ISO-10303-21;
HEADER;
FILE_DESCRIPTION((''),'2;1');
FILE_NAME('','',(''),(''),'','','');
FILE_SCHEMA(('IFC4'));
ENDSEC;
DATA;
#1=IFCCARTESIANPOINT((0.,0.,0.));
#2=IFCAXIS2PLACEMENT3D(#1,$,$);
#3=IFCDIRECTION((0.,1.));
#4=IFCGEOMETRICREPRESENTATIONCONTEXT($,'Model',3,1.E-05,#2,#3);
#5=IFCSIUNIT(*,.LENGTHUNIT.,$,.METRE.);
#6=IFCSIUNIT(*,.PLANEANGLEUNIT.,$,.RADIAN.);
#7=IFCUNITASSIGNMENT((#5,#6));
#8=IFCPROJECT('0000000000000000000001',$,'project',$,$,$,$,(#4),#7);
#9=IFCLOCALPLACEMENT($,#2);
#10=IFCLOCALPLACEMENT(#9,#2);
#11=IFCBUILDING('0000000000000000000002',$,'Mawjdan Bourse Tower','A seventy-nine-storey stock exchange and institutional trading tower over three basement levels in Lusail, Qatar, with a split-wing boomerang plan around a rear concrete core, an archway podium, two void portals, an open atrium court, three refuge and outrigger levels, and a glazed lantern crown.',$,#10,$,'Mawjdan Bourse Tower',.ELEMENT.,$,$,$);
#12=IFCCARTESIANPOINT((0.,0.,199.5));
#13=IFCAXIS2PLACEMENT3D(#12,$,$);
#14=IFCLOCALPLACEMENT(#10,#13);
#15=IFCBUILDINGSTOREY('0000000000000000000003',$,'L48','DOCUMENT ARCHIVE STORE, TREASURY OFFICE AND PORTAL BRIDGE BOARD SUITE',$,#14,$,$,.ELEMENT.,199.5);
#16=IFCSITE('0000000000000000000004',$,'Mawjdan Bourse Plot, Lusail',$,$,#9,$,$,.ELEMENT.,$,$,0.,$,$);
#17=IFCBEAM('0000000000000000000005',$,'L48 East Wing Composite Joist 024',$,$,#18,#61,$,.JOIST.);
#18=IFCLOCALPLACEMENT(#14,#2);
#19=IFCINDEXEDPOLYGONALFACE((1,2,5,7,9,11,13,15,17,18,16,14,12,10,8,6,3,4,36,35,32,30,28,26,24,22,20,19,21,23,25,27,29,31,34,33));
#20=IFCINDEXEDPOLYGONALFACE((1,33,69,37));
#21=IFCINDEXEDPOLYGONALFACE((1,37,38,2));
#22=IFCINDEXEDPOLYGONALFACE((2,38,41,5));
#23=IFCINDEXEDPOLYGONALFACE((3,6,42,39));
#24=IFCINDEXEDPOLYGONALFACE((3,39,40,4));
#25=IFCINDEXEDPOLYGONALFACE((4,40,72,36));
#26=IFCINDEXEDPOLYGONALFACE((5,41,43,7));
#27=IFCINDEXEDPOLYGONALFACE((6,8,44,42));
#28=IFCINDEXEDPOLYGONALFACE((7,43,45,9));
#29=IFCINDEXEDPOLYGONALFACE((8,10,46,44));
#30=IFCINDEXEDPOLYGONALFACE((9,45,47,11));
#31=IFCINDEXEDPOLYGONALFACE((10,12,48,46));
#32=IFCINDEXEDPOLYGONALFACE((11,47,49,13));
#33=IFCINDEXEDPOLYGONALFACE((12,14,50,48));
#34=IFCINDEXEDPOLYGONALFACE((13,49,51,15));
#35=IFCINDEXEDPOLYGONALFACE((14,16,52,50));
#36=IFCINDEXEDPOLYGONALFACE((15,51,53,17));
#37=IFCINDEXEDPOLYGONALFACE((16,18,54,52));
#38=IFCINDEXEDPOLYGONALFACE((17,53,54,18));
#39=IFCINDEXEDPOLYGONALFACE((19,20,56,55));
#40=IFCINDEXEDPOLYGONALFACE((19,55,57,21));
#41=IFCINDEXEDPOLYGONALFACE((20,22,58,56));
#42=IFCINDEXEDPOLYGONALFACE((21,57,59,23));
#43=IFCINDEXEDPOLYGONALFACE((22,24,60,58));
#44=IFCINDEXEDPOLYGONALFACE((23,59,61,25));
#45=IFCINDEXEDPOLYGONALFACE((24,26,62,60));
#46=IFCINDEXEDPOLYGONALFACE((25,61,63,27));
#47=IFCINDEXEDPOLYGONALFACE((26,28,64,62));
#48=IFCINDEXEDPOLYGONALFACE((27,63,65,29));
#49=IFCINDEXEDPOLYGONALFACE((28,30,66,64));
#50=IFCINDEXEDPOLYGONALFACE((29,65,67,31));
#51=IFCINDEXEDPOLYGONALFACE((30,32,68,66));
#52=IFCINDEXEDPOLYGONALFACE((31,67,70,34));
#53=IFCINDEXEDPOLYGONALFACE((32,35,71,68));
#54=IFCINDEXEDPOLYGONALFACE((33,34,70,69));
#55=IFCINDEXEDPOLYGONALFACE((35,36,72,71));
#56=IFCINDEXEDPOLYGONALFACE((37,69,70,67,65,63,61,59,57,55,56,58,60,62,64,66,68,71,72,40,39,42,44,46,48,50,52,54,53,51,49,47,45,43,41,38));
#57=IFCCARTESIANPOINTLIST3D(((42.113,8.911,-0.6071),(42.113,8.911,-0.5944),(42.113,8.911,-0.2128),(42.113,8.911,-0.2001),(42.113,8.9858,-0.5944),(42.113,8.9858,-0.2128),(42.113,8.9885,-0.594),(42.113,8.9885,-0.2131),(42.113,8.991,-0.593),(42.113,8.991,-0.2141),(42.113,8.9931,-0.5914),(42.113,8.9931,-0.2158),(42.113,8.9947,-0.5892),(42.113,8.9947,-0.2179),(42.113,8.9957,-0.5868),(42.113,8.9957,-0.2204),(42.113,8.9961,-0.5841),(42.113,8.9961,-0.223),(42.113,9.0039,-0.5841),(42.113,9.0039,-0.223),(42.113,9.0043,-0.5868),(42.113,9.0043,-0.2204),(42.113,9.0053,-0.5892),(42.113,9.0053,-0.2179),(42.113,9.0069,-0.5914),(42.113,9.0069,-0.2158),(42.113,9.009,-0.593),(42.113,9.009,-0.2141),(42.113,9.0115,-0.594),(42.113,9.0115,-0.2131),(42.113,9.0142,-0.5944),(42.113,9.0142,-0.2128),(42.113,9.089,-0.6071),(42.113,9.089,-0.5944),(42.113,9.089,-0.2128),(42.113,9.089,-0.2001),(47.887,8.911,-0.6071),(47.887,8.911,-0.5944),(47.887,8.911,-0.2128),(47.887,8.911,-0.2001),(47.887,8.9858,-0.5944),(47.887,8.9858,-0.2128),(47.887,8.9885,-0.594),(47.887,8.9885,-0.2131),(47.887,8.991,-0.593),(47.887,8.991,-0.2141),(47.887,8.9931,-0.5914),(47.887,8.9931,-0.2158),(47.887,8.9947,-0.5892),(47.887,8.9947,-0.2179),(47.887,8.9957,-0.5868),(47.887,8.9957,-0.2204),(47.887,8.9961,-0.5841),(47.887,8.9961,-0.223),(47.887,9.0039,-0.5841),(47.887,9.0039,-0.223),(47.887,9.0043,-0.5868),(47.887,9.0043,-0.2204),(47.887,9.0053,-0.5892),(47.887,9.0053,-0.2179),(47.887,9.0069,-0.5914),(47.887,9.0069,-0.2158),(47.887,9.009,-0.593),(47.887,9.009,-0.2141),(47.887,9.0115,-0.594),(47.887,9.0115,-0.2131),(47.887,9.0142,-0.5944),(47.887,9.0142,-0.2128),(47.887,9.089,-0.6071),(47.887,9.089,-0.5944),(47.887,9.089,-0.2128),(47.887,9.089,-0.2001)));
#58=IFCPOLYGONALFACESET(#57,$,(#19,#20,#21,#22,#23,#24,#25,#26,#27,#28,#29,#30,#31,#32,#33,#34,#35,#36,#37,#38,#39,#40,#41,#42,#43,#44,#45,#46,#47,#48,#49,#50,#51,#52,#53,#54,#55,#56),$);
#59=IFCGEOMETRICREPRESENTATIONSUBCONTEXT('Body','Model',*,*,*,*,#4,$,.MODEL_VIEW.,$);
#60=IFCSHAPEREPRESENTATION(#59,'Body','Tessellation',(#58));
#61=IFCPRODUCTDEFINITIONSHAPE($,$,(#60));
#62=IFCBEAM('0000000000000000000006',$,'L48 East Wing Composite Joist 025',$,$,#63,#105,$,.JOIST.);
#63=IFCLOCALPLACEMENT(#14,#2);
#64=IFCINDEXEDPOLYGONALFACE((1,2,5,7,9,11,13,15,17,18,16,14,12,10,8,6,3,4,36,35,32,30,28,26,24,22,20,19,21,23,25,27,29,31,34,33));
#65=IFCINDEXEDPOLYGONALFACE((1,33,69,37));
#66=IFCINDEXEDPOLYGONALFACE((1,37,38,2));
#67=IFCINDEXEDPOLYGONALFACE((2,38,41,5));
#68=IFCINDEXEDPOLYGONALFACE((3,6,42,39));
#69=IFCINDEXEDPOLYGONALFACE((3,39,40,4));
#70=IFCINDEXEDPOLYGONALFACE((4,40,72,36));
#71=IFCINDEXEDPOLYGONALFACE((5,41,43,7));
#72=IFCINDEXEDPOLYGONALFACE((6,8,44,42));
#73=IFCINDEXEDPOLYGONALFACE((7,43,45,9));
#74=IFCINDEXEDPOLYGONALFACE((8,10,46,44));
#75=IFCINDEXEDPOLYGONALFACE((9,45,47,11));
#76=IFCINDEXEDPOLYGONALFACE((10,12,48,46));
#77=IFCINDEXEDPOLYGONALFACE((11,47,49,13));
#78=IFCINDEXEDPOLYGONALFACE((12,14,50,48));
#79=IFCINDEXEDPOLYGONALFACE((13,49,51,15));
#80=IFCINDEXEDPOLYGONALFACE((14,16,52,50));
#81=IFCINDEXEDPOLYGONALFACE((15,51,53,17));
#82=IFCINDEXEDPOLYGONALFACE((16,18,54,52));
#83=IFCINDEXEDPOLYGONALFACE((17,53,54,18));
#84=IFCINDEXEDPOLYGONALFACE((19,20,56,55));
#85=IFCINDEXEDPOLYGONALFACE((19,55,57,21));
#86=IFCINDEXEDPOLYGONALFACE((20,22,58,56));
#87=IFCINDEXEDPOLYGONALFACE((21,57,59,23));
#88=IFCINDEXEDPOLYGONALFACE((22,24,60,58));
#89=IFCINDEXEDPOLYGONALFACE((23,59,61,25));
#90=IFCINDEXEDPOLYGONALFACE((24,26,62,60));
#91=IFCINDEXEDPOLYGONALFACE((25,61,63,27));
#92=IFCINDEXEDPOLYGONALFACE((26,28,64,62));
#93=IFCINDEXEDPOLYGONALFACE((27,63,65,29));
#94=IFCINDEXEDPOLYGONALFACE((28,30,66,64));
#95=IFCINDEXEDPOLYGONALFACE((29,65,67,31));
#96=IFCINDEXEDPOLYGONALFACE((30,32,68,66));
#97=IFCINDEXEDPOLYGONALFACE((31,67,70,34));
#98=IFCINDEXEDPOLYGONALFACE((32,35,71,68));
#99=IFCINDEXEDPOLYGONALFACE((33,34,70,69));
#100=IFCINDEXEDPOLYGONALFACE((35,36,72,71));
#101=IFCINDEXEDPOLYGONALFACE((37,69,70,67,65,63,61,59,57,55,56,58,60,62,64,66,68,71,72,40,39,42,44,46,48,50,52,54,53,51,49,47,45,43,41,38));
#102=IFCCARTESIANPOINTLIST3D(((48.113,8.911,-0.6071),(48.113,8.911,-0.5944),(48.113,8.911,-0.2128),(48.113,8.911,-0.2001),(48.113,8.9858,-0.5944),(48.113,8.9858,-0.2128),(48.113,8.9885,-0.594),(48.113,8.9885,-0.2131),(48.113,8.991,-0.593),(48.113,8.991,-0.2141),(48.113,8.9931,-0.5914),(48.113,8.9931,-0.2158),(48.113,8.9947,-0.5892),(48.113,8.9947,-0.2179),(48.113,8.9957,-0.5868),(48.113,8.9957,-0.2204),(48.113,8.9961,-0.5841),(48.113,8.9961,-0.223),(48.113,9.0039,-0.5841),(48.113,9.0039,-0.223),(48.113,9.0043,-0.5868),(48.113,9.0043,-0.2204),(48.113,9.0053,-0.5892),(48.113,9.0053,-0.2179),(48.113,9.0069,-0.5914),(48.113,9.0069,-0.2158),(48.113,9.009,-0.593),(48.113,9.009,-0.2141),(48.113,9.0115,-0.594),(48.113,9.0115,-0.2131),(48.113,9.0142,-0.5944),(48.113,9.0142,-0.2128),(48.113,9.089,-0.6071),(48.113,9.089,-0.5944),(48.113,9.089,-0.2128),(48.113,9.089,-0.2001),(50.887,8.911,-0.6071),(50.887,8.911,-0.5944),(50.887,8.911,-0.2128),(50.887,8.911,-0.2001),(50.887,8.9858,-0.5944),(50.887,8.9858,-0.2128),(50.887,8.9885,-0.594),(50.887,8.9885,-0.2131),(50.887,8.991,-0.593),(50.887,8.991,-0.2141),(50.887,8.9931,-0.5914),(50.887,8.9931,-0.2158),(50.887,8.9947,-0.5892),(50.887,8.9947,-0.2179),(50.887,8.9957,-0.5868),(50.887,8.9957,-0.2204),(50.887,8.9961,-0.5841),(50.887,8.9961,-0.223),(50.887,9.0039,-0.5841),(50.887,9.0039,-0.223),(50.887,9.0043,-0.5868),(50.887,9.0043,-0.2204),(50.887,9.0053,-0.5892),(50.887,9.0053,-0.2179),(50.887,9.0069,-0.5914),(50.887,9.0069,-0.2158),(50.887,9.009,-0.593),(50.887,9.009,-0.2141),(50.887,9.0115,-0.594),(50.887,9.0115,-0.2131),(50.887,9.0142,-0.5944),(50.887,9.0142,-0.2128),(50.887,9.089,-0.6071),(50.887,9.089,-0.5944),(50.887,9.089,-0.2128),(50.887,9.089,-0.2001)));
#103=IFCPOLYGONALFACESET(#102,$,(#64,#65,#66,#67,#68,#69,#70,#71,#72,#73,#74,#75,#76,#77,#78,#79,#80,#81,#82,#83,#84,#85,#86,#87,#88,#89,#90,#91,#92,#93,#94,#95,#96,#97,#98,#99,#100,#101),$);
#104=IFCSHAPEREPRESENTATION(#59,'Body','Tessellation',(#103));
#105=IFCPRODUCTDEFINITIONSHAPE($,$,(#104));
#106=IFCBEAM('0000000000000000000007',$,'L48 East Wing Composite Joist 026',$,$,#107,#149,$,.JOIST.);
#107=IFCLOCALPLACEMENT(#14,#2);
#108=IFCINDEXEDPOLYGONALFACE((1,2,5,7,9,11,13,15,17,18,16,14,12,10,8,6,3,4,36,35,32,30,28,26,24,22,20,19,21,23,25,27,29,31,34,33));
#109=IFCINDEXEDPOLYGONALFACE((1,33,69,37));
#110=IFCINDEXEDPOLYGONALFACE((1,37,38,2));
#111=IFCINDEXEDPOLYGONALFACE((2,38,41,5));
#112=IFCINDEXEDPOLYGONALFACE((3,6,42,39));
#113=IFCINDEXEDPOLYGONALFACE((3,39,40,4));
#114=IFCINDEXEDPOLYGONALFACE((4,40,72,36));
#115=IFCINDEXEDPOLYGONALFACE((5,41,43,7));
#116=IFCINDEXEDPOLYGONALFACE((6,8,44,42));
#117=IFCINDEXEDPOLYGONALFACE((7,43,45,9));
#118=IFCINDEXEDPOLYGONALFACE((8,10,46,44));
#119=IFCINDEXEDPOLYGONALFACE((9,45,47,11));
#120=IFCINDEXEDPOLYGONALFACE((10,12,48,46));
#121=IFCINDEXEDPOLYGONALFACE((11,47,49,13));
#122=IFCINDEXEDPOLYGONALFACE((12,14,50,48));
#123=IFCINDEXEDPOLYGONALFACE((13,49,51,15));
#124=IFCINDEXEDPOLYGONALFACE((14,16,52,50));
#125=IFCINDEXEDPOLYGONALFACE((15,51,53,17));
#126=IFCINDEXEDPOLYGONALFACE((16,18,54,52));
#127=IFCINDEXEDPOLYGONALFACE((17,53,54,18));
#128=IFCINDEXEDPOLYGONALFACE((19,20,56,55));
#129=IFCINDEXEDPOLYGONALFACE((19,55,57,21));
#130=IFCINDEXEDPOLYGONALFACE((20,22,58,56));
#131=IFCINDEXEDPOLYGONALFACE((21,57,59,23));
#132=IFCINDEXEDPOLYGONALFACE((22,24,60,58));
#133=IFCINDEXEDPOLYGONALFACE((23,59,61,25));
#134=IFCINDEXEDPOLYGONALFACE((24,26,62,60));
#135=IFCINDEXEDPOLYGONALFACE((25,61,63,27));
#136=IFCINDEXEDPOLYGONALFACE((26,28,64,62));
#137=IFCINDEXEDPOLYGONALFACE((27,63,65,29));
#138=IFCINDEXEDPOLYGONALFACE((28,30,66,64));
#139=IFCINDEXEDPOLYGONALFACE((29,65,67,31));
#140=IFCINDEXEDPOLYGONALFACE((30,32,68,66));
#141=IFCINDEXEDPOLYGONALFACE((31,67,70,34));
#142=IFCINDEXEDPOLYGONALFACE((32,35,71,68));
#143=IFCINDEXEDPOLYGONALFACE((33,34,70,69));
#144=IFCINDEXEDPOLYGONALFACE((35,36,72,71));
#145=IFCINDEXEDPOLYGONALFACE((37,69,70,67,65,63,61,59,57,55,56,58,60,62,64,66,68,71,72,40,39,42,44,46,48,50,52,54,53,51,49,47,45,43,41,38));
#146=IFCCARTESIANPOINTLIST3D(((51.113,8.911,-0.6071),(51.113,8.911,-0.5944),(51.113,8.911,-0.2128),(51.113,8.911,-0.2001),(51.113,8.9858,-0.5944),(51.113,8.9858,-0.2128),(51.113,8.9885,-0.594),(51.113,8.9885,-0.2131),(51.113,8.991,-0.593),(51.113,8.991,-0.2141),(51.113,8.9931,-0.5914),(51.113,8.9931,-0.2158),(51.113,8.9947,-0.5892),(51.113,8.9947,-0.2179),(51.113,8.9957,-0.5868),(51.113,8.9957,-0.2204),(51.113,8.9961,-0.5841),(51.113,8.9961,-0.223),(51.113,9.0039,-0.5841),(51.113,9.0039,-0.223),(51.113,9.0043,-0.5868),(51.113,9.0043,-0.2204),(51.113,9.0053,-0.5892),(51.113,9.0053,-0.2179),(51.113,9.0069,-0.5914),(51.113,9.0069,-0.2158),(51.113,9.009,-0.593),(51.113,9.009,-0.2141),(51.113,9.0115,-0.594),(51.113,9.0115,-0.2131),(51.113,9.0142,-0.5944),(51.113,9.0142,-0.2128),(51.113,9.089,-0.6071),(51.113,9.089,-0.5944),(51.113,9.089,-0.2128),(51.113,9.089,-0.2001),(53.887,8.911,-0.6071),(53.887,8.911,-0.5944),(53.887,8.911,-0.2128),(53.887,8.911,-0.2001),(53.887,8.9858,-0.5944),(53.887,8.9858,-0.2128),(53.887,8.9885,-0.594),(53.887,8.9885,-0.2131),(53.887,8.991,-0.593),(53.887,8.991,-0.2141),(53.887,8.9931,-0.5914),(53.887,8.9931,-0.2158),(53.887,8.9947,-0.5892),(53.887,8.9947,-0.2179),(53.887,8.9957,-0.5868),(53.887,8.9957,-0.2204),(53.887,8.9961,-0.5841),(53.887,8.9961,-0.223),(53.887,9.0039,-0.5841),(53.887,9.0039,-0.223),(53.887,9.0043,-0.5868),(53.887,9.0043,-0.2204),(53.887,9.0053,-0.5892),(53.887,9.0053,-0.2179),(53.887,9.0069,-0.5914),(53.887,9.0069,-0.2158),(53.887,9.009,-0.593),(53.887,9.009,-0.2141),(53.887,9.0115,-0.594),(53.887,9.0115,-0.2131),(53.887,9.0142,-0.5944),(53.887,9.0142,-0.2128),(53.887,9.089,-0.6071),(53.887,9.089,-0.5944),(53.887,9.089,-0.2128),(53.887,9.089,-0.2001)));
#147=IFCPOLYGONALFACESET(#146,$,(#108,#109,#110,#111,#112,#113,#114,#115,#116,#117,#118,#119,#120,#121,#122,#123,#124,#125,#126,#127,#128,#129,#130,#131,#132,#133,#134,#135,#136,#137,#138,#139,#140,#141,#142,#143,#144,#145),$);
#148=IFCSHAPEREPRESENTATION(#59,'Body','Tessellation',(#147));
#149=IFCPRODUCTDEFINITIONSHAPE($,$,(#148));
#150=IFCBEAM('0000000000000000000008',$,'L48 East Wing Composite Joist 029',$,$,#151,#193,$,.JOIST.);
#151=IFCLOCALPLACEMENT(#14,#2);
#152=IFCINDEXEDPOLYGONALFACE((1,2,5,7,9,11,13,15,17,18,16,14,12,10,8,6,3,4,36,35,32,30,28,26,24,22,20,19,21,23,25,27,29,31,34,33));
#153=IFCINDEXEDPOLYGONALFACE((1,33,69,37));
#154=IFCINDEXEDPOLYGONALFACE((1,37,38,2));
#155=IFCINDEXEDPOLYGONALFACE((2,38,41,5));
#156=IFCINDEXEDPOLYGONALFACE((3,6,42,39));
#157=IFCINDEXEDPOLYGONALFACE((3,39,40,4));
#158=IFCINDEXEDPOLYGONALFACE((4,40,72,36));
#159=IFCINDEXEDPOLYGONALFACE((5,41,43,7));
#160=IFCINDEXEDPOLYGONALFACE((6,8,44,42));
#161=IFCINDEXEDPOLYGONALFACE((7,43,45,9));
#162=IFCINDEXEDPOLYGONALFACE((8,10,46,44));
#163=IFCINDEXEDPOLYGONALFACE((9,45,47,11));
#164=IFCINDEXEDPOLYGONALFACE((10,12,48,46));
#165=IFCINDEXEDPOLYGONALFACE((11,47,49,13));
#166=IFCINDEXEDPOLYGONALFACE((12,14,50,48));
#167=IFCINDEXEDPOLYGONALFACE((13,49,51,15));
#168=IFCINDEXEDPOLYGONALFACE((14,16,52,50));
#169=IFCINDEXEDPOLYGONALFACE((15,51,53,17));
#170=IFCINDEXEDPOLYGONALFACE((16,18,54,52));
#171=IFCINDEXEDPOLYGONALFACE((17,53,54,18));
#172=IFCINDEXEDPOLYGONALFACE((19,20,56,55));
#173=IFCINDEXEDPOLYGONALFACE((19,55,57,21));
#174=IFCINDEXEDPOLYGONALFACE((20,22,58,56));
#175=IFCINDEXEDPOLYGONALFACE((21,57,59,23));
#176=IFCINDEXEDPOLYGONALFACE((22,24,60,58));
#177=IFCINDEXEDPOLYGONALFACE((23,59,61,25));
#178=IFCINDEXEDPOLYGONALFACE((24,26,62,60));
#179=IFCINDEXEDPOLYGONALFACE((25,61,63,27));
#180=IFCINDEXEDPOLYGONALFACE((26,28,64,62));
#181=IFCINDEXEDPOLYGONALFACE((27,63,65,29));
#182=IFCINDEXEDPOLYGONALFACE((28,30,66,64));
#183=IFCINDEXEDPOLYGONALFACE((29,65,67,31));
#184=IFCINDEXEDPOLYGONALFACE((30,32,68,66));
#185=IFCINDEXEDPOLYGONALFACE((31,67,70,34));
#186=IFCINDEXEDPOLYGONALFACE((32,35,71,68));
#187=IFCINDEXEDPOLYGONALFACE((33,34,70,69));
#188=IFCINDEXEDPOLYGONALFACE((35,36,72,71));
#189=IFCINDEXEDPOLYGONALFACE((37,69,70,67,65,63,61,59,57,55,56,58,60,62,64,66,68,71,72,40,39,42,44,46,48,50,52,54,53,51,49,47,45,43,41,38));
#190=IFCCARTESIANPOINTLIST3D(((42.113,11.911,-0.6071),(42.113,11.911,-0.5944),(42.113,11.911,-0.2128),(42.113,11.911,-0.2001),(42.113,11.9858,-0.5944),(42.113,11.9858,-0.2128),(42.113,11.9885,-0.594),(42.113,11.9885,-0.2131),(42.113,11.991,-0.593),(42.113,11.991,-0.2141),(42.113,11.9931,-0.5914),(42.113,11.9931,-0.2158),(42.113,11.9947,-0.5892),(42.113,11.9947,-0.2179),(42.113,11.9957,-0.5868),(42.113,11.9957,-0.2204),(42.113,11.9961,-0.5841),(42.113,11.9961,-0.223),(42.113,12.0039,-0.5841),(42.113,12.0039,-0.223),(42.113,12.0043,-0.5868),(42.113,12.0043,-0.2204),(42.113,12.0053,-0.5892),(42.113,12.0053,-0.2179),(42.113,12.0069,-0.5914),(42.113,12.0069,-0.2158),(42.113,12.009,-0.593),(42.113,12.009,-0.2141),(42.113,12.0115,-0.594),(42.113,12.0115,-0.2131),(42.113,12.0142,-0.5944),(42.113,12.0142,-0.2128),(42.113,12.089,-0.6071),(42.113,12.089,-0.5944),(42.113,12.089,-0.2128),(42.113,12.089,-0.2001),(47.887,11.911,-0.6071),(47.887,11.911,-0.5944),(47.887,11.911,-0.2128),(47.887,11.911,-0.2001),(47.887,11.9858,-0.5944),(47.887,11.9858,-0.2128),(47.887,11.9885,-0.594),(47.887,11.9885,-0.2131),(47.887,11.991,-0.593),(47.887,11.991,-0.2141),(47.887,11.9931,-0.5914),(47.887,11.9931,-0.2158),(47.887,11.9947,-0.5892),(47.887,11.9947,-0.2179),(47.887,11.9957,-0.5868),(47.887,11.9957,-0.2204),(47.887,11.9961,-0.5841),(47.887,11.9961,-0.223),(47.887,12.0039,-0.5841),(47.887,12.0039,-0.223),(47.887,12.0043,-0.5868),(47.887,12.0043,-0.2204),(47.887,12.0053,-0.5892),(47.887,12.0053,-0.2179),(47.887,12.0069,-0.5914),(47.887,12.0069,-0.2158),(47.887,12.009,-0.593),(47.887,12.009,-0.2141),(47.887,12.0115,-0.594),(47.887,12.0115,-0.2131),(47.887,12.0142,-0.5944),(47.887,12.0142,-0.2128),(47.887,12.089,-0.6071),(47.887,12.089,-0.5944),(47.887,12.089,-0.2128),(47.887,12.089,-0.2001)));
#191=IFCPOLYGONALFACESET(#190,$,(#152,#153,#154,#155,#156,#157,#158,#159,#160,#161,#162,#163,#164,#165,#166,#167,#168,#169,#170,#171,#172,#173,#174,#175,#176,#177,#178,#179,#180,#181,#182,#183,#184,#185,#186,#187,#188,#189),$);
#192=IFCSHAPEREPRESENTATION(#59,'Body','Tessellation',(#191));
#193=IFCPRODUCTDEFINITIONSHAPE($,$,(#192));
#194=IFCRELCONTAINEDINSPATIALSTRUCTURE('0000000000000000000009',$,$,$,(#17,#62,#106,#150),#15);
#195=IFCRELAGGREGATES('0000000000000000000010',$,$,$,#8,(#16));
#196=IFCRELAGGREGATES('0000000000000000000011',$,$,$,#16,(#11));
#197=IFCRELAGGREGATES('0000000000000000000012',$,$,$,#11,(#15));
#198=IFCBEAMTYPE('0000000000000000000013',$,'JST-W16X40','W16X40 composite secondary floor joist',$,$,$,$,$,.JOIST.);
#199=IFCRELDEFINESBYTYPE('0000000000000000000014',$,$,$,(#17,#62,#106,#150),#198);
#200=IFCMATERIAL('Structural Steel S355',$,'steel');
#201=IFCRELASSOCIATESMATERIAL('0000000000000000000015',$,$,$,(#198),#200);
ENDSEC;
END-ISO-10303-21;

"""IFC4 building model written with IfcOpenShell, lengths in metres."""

from ifc_helpers import new_model, si_unit, direction, frame, origin, origin_2d, place, context, subcontext, project, spatial, i_section, extrude, material, material_profile, profile_set, type_object, element, save


model = new_model("IFC4")

# Units and contexts
model_context = context("Model", 3, precision=1e-05, world=origin(), true_north=direction((0.0, 1.0)))
body_context = subcontext(model_context, "Body", "Model", "MODEL_VIEW")
ifc_project = project(units=[si_unit("LENGTHUNIT", "METRE"), si_unit("PLANEANGLEUNIT", "RADIAN")], contexts=[model_context])

# Site, building, storey
site_placement = place(None, origin())
site = spatial("IfcSite", under=ifc_project, at=site_placement, Name="Mawjdan Bourse Plot, Lusail", CompositionType="ELEMENT", RefElevation=0.0)
building_placement = place(site_placement, origin())
building = spatial("IfcBuilding", under=site, at=building_placement, Name="Mawjdan Bourse Tower", Description="A seventy-nine-storey stock exchange and institutional trading tower over three basement levels in Lusail, Qatar, with a split-wing boomerang plan around a rear concrete core, an archway podium, two void portals, an open atrium court, three refuge and outrigger levels, and a glazed lantern crown.", LongName="Mawjdan Bourse Tower", CompositionType="ELEMENT")
storey_placement = place(building_placement, frame((0.0, 0.0, 199.5)))
storey = spatial("IfcBuildingStorey", under=building, at=storey_placement, Name="L48", Description="DOCUMENT ARCHIVE STORE, TREASURY OFFICE AND PORTAL BRIDGE BOARD SUITE", CompositionType="ELEMENT", Elevation=199.5)

# Beams
ifc_material_1 = material(Name="Structural Steel S355", Category="steel")
ifc_material_profile_1 = material_profile(ifc_material_1, i_section(OverallWidth=0.178, OverallDepth=0.407, WebThickness=0.0078, FlangeThickness=0.0127, FilletRadius=0.0103, at=origin_2d()), Name="W16X40")
ifc_profile_set_1 = profile_set([ifc_material_profile_1], Name="Structural Steel S355")
beam_type_1 = type_object("IfcBeamType", Name="JST-W16X40", Description="W16X40 composite secondary floor joist", PredefinedType="JOIST", material=ifc_profile_set_1)
beam_1_placement = place(storey_placement, frame((42.113, 9.0, -0.4036), z_axis=(1.0, 0.0, 0.0), x_axis=(0.0, 1.0, 0.0)))
element("IfcBeam", 1, at=beam_1_placement, inside=storey, type_object=beam_type_1, Name="L48 East Wing Composite Joist 024", PredefinedType="JOIST", context=body_context, shape_type="SweptSolid", body=[
    extrude(i_section(OverallWidth=0.178, OverallDepth=0.407, WebThickness=0.0078, FlangeThickness=0.0127, FilletRadius=0.0103, at=origin_2d()), origin(), (0.0, 0.0, 1.0), 5.7739),
])
for number, where, z_axis, x_axis, name in (
    (2, (48.113, 9.0, -0.4036), (1.0, 0.0, 0.0), (0.0, 1.0, 0.0), "L48 East Wing Composite Joist 025"),
    (3, (51.113, 9.0, -0.4036), (1.0, 0.0, 0.0), (0.0, 1.0, 0.0), "L48 East Wing Composite Joist 026"),
):
    element("IfcBeam", number, at=place(storey_placement, frame(where, z_axis=z_axis, x_axis=x_axis)), inside=storey, type_object=beam_type_1, Name=name, PredefinedType="JOIST", context=body_context, shape_type="SweptSolid", body=[
        extrude(i_section(OverallWidth=0.178, OverallDepth=0.407, WebThickness=0.0078, FlangeThickness=0.0127, FilletRadius=0.0103, at=origin_2d()), origin(), (0.0, 0.0, 1.0), 2.7739),
    ])
beam_2_placement = place(storey_placement, frame((42.113, 12.0, -0.4036), z_axis=(1.0, 0.0, 0.0), x_axis=(0.0, 1.0, 0.0)))
element("IfcBeam", 4, at=beam_2_placement, inside=storey, type_object=beam_type_1, Name="L48 East Wing Composite Joist 029", PredefinedType="JOIST", context=body_context, shape_type="SweptSolid", body=[
    extrude(i_section(OverallWidth=0.178, OverallDepth=0.407, WebThickness=0.0078, FlangeThickness=0.0127, FilletRadius=0.0103, at=origin_2d()), origin(), (0.0, 0.0, 1.0), 5.7739),
])

save(model, "model.ifc")
